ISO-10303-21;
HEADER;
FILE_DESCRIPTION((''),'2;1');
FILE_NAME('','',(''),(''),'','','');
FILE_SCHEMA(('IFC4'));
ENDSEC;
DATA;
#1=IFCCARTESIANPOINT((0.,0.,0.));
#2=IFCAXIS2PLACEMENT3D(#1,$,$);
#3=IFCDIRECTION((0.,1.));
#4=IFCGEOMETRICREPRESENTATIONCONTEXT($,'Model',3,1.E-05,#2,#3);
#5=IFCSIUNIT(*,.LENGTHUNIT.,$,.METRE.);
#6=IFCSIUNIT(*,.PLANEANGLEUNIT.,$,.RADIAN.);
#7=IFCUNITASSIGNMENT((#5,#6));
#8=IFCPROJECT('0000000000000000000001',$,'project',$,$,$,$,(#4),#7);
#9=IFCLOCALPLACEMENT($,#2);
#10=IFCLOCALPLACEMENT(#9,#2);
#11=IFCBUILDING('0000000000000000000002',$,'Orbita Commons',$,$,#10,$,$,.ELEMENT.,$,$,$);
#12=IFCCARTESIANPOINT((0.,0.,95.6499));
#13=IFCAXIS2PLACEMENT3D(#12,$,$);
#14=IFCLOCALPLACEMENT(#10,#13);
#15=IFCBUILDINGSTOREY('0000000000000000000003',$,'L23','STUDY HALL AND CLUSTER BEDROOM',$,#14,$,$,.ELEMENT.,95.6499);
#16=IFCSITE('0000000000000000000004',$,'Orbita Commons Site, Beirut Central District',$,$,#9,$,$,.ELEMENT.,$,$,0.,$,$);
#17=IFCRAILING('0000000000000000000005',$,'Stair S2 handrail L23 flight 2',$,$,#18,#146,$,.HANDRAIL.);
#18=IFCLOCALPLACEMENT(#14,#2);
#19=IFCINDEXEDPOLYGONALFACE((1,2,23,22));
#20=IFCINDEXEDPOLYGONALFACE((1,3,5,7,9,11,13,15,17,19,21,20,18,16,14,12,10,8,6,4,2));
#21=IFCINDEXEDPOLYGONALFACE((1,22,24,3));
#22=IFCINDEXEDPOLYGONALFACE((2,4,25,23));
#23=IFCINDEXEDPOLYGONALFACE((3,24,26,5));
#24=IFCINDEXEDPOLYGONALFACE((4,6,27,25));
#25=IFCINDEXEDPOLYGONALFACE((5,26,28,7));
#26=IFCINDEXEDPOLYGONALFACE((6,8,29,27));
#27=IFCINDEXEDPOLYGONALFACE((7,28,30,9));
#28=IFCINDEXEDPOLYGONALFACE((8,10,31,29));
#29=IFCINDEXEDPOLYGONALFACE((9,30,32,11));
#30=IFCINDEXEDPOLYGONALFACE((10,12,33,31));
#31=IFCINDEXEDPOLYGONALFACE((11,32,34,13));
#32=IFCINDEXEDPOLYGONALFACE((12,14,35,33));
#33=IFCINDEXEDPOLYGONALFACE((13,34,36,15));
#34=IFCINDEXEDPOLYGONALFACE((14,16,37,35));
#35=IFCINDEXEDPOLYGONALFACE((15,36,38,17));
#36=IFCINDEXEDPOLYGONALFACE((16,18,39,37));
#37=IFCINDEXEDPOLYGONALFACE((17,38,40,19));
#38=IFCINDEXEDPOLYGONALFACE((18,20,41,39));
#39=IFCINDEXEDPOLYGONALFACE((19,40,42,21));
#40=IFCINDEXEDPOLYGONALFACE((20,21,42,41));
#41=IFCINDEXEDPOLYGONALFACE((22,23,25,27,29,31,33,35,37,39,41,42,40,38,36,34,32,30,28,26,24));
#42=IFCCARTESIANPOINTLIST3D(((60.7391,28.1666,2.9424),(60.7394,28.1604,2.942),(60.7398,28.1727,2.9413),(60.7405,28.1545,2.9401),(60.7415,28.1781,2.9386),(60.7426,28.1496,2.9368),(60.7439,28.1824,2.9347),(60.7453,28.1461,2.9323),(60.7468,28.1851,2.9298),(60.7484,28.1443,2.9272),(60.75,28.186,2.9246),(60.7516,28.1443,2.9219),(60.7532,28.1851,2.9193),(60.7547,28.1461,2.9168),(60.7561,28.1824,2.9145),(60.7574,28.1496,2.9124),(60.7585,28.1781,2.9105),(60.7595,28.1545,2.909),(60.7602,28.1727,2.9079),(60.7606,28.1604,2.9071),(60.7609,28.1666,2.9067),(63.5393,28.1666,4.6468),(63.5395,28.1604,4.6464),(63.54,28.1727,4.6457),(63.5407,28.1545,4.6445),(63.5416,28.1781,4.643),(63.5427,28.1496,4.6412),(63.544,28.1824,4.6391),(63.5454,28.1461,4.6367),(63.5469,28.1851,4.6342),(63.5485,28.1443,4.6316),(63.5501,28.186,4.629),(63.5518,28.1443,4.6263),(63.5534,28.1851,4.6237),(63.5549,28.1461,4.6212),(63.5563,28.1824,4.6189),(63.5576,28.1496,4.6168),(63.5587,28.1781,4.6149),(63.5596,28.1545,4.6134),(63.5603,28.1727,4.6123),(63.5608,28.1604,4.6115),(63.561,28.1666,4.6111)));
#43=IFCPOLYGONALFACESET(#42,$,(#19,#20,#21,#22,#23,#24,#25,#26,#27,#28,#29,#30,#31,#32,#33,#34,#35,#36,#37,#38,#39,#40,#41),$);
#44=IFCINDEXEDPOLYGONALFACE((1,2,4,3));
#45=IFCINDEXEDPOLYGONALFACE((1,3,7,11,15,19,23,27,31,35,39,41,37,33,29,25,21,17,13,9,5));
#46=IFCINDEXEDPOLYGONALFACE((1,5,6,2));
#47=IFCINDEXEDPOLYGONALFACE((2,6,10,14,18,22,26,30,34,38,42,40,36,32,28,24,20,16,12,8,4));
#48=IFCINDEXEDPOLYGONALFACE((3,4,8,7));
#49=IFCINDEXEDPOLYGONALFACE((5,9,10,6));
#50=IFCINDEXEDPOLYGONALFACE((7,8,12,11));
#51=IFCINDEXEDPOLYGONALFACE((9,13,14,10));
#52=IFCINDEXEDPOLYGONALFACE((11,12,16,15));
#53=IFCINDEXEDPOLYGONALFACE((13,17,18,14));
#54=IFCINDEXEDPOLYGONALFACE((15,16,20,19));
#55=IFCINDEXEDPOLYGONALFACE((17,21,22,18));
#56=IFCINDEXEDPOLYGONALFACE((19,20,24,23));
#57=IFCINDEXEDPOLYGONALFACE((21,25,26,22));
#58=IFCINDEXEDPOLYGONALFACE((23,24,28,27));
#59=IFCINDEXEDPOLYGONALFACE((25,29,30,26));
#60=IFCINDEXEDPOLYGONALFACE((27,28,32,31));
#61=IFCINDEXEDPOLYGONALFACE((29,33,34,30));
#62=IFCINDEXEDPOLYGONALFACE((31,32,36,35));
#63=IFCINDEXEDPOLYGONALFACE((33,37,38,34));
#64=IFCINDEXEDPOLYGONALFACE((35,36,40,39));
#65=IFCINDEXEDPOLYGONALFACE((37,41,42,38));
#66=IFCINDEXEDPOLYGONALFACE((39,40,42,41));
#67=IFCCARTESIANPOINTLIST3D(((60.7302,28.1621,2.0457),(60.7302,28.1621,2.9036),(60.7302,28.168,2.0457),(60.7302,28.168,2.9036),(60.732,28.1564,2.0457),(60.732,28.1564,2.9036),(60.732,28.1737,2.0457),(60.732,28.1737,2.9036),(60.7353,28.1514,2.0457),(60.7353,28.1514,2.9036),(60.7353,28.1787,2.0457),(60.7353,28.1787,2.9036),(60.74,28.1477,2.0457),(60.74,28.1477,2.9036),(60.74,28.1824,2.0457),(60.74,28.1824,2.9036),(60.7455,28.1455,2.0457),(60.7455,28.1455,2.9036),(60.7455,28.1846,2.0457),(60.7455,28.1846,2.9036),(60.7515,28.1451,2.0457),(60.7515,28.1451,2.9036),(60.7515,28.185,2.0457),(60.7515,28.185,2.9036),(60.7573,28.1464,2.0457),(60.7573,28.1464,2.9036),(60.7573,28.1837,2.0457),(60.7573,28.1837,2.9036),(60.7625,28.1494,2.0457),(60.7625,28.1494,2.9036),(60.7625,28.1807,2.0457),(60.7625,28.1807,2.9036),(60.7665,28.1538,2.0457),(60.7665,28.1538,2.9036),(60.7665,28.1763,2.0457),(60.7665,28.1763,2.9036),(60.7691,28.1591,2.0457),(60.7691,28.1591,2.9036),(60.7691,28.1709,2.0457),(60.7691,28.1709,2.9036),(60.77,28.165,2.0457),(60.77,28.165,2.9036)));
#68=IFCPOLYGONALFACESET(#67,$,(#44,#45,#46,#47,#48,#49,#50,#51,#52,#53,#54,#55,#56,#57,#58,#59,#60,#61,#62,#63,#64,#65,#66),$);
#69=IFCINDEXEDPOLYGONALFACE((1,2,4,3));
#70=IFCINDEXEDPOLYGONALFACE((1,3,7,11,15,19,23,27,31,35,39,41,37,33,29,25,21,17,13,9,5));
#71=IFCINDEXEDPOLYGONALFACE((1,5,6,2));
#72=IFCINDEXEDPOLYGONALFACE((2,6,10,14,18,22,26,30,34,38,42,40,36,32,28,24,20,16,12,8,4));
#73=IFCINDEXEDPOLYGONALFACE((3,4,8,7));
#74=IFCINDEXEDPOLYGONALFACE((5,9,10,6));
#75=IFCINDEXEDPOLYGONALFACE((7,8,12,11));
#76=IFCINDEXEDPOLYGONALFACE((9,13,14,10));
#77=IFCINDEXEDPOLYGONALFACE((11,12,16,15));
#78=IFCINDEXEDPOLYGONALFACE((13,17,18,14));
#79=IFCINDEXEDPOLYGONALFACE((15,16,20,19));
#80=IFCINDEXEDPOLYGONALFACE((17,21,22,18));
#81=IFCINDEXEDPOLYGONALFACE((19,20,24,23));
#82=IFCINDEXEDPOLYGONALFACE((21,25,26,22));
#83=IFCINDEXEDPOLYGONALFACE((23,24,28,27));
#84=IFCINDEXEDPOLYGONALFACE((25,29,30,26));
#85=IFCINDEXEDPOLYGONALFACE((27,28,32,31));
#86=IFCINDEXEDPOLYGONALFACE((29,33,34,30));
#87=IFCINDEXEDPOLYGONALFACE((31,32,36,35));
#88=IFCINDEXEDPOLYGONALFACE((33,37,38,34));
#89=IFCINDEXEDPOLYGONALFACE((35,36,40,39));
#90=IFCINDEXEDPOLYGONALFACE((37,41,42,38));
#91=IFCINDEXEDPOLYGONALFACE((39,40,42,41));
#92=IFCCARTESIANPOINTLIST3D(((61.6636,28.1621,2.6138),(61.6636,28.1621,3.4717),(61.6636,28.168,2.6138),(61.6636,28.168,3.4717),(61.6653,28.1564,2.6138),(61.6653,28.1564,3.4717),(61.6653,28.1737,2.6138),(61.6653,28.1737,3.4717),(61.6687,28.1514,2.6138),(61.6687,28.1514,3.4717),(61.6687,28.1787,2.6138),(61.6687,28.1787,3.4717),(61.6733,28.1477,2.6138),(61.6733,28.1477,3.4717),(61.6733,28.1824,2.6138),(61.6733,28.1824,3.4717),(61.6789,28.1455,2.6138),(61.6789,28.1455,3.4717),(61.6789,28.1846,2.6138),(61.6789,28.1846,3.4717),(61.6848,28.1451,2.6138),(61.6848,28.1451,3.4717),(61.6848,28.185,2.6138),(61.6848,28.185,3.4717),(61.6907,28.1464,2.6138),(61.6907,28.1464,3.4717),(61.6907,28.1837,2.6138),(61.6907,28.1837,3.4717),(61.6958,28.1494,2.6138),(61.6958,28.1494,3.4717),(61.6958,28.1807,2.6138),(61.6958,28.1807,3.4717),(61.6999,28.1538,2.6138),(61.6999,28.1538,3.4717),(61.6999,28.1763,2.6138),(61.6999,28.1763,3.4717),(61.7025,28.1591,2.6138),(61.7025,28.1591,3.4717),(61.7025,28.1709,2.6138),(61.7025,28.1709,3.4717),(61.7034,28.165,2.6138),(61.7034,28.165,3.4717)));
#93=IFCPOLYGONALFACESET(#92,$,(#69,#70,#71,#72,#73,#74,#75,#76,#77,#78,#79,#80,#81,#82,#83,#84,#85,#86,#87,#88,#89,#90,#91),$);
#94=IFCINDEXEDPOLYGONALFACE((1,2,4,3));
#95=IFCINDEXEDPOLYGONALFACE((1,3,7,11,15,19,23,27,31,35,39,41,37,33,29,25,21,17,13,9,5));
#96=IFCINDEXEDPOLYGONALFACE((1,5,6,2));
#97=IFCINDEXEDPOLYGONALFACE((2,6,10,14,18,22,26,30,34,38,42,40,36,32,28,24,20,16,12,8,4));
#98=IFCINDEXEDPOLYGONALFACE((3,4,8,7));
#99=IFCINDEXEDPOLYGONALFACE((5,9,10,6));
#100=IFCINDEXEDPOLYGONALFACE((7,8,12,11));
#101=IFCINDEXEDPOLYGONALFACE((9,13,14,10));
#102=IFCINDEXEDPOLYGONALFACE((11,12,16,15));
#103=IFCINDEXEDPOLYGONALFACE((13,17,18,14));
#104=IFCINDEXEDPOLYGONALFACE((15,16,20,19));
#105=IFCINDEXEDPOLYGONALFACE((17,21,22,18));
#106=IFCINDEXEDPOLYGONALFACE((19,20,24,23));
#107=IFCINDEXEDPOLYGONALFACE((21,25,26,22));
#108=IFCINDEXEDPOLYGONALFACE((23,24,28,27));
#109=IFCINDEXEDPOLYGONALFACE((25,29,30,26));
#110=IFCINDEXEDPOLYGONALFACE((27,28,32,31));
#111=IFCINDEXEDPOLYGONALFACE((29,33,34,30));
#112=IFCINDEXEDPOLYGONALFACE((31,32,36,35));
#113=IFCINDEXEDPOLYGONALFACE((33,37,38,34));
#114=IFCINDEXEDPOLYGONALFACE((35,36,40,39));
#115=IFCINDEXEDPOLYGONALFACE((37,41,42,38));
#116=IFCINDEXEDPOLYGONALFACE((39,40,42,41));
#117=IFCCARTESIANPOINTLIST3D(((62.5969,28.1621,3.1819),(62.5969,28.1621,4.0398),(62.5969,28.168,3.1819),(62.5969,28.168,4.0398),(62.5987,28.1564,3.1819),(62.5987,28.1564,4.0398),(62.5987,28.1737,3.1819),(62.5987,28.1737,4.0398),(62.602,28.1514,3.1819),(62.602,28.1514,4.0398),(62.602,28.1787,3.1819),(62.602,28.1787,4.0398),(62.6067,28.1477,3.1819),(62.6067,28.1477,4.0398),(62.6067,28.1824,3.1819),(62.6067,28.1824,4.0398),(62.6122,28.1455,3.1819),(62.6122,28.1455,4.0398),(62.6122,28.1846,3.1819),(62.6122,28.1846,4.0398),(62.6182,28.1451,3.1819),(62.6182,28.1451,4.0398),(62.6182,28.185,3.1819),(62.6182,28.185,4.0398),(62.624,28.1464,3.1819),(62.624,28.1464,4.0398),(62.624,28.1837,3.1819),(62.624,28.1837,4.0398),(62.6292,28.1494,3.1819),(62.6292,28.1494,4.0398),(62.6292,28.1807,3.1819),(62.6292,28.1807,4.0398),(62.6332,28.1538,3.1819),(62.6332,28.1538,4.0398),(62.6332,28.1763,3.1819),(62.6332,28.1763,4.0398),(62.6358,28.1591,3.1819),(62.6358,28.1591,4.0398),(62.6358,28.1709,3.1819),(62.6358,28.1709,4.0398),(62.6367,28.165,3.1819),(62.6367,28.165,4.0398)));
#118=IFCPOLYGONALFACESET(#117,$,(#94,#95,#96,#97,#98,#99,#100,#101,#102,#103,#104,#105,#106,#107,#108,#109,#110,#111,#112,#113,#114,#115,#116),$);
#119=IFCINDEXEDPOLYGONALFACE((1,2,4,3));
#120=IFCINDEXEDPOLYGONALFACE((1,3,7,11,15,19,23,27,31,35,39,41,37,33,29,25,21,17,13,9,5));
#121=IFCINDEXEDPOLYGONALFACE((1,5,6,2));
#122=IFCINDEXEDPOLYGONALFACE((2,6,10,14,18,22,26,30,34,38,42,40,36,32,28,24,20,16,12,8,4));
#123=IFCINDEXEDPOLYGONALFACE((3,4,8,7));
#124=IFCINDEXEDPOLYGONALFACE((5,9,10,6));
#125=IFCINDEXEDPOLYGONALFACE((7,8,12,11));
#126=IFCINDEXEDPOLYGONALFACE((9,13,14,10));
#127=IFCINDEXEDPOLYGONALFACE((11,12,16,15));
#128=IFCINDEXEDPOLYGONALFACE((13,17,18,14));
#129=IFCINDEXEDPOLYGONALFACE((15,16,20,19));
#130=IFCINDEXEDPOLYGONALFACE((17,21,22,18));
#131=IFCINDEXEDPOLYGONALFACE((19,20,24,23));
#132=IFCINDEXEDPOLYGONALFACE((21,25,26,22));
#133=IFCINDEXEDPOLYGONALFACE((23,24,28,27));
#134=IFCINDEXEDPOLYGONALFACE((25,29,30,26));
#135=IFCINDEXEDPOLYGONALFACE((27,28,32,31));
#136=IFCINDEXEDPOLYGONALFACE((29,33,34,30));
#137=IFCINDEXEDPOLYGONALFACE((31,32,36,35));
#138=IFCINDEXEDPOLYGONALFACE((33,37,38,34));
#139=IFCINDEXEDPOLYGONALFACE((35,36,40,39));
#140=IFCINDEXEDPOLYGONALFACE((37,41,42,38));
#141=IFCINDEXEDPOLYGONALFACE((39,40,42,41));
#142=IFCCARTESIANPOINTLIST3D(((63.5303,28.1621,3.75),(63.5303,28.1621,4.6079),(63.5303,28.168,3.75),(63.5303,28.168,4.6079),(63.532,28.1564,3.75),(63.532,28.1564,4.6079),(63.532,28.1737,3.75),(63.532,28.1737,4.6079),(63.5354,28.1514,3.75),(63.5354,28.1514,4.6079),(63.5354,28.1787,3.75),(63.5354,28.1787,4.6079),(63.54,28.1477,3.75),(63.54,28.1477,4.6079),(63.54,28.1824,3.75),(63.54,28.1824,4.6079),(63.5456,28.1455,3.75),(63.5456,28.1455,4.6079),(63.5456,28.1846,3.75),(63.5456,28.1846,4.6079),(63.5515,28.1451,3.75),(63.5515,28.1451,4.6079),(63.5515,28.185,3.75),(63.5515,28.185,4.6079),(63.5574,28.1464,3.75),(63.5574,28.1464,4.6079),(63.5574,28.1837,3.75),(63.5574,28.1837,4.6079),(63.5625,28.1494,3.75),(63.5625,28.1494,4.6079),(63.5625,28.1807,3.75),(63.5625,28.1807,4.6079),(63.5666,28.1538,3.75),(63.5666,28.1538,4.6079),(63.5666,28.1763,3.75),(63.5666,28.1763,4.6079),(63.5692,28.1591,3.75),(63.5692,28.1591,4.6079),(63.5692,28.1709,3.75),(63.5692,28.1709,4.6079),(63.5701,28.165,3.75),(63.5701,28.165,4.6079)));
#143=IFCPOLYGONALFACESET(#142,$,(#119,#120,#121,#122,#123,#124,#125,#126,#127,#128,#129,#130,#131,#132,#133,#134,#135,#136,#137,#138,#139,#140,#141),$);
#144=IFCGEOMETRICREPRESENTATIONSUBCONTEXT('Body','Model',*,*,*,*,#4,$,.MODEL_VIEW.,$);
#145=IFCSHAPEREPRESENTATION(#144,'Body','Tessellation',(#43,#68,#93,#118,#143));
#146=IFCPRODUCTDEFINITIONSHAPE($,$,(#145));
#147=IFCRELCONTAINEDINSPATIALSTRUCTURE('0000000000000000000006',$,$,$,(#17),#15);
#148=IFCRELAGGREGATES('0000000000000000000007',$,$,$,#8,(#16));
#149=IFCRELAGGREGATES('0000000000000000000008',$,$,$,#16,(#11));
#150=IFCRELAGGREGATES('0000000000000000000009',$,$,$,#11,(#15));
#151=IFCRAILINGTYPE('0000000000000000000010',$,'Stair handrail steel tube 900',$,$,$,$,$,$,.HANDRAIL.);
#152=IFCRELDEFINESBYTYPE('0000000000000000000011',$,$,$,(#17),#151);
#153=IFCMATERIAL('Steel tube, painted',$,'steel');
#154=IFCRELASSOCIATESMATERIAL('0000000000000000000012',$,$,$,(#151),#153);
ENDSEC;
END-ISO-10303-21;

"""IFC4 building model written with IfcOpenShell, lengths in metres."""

from ifc_helpers import new_model, si_unit, direction, frame, origin, origin_2d, place, context, subcontext, project, spatial, circle, extrude, material, type_object, element, save


model = new_model("IFC4")

# Units and contexts
model_context = context("Model", 3, precision=1e-05, world=origin(), true_north=direction((0.0, 1.0)))
body_context = subcontext(model_context, "Body", "Model", "MODEL_VIEW")
ifc_project = project(units=[si_unit("LENGTHUNIT", "METRE"), si_unit("PLANEANGLEUNIT", "RADIAN")], contexts=[model_context])

# Site, building, storey
site_placement = place(None, origin())
site = spatial("IfcSite", under=ifc_project, at=site_placement, Name="Orbita Commons Site, Beirut Central District", CompositionType="ELEMENT", RefElevation=0.0)
building_placement = place(site_placement, origin())
building = spatial("IfcBuilding", under=site, at=building_placement, Name="Orbita Commons", CompositionType="ELEMENT")
storey_placement = place(building_placement, frame((0.0, 0.0, 95.6499)))
storey = spatial("IfcBuildingStorey", under=building, at=storey_placement, Name="L23", Description="STUDY HALL AND CLUSTER BEDROOM", CompositionType="ELEMENT", Elevation=95.6499)

# Railing
ifc_material_1 = material(Name="Steel tube, painted", Category="steel")
railing_type = type_object("IfcRailingType", Name="Stair handrail steel tube 900", PredefinedType="HANDRAIL", material=ifc_material_1)
for number, where, name in (
    (1, (60.75, 28.165, 2.0457), "Stair S2 handrail L23 flight 2"),
):
    element("IfcRailing", number, at=place(storey_placement, frame(where)), inside=storey, type_object=railing_type, Name=name, PredefinedType="HANDRAIL", context=body_context, shape_type="SweptSolid", body=[
        extrude(circle(Radius=0.021, at=origin_2d()), frame((0.0, 0.0, 0.8789), z_axis=(0.854203, 0.0, 0.51994), x_axis=(0.0, 1.0, 0.0)), (0.0, 0.0, 1.0), 3.2781),
        extrude(circle(Radius=0.02, at=origin_2d()), origin(), (0.0, 0.0, 1.0), 0.8579),
        extrude(circle(Radius=0.02, at=origin_2d()), frame((0.9333, 0.0, 0.5681)), (0.0, 0.0, 1.0), 0.8579),
        extrude(circle(Radius=0.02, at=origin_2d()), frame((1.8667, 0.0, 1.1362)), (0.0, 0.0, 1.0), 0.8579),
        extrude(circle(Radius=0.02, at=origin_2d()), frame((2.8, 0.0, 1.7043)), (0.0, 0.0, 1.0), 0.8579),
    ])

save(model, "model.ifc")
